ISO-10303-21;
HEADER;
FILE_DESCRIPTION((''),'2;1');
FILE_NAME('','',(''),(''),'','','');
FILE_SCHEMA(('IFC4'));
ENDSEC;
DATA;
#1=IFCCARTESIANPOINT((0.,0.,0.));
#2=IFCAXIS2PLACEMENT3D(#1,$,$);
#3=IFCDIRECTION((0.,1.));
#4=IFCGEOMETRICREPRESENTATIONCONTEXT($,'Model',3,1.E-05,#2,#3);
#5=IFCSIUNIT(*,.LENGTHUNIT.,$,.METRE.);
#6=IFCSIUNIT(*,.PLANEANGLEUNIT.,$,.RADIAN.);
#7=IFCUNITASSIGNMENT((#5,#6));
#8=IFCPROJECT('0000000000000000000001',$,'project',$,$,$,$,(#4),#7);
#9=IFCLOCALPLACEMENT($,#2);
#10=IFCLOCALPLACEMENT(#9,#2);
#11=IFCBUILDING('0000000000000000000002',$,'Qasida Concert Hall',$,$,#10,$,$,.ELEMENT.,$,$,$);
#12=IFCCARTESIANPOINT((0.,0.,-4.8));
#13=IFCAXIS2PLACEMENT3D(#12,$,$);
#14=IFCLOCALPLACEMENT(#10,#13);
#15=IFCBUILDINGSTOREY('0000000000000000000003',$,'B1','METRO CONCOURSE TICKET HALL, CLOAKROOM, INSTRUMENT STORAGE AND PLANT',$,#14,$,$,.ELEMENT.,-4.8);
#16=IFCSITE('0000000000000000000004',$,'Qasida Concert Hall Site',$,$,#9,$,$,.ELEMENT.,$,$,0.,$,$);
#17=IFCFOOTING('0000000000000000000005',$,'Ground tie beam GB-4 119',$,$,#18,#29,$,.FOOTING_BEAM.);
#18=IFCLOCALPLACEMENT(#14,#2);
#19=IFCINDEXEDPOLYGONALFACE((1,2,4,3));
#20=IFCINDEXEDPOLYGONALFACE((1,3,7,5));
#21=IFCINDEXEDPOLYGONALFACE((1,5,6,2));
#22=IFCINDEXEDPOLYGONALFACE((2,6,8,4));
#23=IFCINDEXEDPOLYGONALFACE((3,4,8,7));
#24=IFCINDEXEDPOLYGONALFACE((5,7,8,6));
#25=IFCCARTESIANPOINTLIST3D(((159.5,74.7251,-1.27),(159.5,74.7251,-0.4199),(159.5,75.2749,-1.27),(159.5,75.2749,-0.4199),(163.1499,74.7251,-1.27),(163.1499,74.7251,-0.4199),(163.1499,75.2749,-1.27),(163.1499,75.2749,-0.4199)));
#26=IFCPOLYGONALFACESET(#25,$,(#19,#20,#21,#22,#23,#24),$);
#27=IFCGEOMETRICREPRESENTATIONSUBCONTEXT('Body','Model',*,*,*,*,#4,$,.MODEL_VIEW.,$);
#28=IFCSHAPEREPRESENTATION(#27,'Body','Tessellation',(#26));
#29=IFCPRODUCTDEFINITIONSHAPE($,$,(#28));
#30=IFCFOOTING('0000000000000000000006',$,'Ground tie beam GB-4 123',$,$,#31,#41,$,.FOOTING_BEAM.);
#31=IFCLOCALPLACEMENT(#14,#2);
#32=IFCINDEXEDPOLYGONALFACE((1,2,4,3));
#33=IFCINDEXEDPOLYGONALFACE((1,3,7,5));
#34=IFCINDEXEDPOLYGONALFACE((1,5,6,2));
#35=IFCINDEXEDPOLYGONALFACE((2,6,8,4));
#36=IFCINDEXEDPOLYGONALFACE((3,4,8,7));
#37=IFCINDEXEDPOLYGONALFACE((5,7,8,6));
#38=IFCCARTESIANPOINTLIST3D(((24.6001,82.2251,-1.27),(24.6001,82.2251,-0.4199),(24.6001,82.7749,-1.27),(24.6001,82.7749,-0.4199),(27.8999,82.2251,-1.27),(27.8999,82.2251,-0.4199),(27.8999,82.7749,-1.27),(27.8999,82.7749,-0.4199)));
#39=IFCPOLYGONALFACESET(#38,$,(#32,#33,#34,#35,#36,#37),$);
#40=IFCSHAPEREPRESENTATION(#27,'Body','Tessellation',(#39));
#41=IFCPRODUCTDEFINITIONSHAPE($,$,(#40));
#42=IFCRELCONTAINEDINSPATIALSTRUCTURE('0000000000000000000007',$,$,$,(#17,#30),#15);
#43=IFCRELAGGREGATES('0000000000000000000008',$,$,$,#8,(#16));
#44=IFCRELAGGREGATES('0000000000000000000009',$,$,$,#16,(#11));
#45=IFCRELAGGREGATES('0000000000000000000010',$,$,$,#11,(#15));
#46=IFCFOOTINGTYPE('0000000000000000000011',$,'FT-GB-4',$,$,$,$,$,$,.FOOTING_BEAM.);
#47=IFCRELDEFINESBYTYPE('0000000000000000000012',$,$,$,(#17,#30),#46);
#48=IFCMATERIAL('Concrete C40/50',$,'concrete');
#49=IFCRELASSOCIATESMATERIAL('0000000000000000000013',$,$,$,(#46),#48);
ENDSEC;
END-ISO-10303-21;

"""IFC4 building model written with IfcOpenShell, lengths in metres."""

from ifc_helpers import new_model, si_unit, direction, frame, origin, place, context, subcontext, project, spatial, polyline, outline, extrude, material, type_object, element, save


model = new_model("IFC4")

# Units and contexts
model_context = context("Model", 3, precision=1e-05, world=origin(), true_north=direction((0.0, 1.0)))
body_context = subcontext(model_context, "Body", "Model", "MODEL_VIEW")
ifc_project = project(units=[si_unit("LENGTHUNIT", "METRE"), si_unit("PLANEANGLEUNIT", "RADIAN")], contexts=[model_context])

# Site, building, storey
site_placement = place(None, origin())
site = spatial("IfcSite", under=ifc_project, at=site_placement, Name="Qasida Concert Hall Site", CompositionType="ELEMENT", RefElevation=0.0)
building_placement = place(site_placement, origin())
building = spatial("IfcBuilding", under=site, at=building_placement, Name="Qasida Concert Hall", CompositionType="ELEMENT")
storey_placement = place(building_placement, frame((0.0, 0.0, -4.8)))
storey = spatial("IfcBuildingStorey", under=building, at=storey_placement, Name="B1", Description="METRO CONCOURSE TICKET HALL, CLOAKROOM, INSTRUMENT STORAGE AND PLANT", CompositionType="ELEMENT", Elevation=-4.8)

# Footings
ifc_material = material(Name="Concrete C40/50", Category="concrete")
footing_type_1 = type_object("IfcFootingType", Name="FT-GB-4", PredefinedType="FOOTING_BEAM", material=ifc_material)
footing_1_placement = place(storey_placement, frame((0.0, 0.0, -1.27)))
element("IfcFooting", 1, at=footing_1_placement, inside=storey, type_object=footing_type_1, Name="Ground tie beam GB-4 119", PredefinedType="FOOTING_BEAM", context=body_context, shape_type="SweptSolid", body=[
    extrude(outline(polyline([(159.5, 74.7251), (163.1499, 74.7251), (163.1499, 75.2749), (159.5, 75.2749), (159.5, 74.7251)])), origin(), (0.0, 0.0, 1.0), 0.8501),
])
footing_2_placement = place(storey_placement, frame((0.0, 0.0, -1.27)))
element("IfcFooting", 2, at=footing_2_placement, inside=storey, type_object=footing_type_1, Name="Ground tie beam GB-4 123", PredefinedType="FOOTING_BEAM", context=body_context, shape_type="SweptSolid", body=[
    extrude(outline(polyline([(24.6001, 82.2251), (27.8999, 82.2251), (27.8999, 82.7749), (24.6001, 82.7749), (24.6001, 82.2251)])), origin(), (0.0, 0.0, 1.0), 0.8501),
])

save(model, "model.ifc")
